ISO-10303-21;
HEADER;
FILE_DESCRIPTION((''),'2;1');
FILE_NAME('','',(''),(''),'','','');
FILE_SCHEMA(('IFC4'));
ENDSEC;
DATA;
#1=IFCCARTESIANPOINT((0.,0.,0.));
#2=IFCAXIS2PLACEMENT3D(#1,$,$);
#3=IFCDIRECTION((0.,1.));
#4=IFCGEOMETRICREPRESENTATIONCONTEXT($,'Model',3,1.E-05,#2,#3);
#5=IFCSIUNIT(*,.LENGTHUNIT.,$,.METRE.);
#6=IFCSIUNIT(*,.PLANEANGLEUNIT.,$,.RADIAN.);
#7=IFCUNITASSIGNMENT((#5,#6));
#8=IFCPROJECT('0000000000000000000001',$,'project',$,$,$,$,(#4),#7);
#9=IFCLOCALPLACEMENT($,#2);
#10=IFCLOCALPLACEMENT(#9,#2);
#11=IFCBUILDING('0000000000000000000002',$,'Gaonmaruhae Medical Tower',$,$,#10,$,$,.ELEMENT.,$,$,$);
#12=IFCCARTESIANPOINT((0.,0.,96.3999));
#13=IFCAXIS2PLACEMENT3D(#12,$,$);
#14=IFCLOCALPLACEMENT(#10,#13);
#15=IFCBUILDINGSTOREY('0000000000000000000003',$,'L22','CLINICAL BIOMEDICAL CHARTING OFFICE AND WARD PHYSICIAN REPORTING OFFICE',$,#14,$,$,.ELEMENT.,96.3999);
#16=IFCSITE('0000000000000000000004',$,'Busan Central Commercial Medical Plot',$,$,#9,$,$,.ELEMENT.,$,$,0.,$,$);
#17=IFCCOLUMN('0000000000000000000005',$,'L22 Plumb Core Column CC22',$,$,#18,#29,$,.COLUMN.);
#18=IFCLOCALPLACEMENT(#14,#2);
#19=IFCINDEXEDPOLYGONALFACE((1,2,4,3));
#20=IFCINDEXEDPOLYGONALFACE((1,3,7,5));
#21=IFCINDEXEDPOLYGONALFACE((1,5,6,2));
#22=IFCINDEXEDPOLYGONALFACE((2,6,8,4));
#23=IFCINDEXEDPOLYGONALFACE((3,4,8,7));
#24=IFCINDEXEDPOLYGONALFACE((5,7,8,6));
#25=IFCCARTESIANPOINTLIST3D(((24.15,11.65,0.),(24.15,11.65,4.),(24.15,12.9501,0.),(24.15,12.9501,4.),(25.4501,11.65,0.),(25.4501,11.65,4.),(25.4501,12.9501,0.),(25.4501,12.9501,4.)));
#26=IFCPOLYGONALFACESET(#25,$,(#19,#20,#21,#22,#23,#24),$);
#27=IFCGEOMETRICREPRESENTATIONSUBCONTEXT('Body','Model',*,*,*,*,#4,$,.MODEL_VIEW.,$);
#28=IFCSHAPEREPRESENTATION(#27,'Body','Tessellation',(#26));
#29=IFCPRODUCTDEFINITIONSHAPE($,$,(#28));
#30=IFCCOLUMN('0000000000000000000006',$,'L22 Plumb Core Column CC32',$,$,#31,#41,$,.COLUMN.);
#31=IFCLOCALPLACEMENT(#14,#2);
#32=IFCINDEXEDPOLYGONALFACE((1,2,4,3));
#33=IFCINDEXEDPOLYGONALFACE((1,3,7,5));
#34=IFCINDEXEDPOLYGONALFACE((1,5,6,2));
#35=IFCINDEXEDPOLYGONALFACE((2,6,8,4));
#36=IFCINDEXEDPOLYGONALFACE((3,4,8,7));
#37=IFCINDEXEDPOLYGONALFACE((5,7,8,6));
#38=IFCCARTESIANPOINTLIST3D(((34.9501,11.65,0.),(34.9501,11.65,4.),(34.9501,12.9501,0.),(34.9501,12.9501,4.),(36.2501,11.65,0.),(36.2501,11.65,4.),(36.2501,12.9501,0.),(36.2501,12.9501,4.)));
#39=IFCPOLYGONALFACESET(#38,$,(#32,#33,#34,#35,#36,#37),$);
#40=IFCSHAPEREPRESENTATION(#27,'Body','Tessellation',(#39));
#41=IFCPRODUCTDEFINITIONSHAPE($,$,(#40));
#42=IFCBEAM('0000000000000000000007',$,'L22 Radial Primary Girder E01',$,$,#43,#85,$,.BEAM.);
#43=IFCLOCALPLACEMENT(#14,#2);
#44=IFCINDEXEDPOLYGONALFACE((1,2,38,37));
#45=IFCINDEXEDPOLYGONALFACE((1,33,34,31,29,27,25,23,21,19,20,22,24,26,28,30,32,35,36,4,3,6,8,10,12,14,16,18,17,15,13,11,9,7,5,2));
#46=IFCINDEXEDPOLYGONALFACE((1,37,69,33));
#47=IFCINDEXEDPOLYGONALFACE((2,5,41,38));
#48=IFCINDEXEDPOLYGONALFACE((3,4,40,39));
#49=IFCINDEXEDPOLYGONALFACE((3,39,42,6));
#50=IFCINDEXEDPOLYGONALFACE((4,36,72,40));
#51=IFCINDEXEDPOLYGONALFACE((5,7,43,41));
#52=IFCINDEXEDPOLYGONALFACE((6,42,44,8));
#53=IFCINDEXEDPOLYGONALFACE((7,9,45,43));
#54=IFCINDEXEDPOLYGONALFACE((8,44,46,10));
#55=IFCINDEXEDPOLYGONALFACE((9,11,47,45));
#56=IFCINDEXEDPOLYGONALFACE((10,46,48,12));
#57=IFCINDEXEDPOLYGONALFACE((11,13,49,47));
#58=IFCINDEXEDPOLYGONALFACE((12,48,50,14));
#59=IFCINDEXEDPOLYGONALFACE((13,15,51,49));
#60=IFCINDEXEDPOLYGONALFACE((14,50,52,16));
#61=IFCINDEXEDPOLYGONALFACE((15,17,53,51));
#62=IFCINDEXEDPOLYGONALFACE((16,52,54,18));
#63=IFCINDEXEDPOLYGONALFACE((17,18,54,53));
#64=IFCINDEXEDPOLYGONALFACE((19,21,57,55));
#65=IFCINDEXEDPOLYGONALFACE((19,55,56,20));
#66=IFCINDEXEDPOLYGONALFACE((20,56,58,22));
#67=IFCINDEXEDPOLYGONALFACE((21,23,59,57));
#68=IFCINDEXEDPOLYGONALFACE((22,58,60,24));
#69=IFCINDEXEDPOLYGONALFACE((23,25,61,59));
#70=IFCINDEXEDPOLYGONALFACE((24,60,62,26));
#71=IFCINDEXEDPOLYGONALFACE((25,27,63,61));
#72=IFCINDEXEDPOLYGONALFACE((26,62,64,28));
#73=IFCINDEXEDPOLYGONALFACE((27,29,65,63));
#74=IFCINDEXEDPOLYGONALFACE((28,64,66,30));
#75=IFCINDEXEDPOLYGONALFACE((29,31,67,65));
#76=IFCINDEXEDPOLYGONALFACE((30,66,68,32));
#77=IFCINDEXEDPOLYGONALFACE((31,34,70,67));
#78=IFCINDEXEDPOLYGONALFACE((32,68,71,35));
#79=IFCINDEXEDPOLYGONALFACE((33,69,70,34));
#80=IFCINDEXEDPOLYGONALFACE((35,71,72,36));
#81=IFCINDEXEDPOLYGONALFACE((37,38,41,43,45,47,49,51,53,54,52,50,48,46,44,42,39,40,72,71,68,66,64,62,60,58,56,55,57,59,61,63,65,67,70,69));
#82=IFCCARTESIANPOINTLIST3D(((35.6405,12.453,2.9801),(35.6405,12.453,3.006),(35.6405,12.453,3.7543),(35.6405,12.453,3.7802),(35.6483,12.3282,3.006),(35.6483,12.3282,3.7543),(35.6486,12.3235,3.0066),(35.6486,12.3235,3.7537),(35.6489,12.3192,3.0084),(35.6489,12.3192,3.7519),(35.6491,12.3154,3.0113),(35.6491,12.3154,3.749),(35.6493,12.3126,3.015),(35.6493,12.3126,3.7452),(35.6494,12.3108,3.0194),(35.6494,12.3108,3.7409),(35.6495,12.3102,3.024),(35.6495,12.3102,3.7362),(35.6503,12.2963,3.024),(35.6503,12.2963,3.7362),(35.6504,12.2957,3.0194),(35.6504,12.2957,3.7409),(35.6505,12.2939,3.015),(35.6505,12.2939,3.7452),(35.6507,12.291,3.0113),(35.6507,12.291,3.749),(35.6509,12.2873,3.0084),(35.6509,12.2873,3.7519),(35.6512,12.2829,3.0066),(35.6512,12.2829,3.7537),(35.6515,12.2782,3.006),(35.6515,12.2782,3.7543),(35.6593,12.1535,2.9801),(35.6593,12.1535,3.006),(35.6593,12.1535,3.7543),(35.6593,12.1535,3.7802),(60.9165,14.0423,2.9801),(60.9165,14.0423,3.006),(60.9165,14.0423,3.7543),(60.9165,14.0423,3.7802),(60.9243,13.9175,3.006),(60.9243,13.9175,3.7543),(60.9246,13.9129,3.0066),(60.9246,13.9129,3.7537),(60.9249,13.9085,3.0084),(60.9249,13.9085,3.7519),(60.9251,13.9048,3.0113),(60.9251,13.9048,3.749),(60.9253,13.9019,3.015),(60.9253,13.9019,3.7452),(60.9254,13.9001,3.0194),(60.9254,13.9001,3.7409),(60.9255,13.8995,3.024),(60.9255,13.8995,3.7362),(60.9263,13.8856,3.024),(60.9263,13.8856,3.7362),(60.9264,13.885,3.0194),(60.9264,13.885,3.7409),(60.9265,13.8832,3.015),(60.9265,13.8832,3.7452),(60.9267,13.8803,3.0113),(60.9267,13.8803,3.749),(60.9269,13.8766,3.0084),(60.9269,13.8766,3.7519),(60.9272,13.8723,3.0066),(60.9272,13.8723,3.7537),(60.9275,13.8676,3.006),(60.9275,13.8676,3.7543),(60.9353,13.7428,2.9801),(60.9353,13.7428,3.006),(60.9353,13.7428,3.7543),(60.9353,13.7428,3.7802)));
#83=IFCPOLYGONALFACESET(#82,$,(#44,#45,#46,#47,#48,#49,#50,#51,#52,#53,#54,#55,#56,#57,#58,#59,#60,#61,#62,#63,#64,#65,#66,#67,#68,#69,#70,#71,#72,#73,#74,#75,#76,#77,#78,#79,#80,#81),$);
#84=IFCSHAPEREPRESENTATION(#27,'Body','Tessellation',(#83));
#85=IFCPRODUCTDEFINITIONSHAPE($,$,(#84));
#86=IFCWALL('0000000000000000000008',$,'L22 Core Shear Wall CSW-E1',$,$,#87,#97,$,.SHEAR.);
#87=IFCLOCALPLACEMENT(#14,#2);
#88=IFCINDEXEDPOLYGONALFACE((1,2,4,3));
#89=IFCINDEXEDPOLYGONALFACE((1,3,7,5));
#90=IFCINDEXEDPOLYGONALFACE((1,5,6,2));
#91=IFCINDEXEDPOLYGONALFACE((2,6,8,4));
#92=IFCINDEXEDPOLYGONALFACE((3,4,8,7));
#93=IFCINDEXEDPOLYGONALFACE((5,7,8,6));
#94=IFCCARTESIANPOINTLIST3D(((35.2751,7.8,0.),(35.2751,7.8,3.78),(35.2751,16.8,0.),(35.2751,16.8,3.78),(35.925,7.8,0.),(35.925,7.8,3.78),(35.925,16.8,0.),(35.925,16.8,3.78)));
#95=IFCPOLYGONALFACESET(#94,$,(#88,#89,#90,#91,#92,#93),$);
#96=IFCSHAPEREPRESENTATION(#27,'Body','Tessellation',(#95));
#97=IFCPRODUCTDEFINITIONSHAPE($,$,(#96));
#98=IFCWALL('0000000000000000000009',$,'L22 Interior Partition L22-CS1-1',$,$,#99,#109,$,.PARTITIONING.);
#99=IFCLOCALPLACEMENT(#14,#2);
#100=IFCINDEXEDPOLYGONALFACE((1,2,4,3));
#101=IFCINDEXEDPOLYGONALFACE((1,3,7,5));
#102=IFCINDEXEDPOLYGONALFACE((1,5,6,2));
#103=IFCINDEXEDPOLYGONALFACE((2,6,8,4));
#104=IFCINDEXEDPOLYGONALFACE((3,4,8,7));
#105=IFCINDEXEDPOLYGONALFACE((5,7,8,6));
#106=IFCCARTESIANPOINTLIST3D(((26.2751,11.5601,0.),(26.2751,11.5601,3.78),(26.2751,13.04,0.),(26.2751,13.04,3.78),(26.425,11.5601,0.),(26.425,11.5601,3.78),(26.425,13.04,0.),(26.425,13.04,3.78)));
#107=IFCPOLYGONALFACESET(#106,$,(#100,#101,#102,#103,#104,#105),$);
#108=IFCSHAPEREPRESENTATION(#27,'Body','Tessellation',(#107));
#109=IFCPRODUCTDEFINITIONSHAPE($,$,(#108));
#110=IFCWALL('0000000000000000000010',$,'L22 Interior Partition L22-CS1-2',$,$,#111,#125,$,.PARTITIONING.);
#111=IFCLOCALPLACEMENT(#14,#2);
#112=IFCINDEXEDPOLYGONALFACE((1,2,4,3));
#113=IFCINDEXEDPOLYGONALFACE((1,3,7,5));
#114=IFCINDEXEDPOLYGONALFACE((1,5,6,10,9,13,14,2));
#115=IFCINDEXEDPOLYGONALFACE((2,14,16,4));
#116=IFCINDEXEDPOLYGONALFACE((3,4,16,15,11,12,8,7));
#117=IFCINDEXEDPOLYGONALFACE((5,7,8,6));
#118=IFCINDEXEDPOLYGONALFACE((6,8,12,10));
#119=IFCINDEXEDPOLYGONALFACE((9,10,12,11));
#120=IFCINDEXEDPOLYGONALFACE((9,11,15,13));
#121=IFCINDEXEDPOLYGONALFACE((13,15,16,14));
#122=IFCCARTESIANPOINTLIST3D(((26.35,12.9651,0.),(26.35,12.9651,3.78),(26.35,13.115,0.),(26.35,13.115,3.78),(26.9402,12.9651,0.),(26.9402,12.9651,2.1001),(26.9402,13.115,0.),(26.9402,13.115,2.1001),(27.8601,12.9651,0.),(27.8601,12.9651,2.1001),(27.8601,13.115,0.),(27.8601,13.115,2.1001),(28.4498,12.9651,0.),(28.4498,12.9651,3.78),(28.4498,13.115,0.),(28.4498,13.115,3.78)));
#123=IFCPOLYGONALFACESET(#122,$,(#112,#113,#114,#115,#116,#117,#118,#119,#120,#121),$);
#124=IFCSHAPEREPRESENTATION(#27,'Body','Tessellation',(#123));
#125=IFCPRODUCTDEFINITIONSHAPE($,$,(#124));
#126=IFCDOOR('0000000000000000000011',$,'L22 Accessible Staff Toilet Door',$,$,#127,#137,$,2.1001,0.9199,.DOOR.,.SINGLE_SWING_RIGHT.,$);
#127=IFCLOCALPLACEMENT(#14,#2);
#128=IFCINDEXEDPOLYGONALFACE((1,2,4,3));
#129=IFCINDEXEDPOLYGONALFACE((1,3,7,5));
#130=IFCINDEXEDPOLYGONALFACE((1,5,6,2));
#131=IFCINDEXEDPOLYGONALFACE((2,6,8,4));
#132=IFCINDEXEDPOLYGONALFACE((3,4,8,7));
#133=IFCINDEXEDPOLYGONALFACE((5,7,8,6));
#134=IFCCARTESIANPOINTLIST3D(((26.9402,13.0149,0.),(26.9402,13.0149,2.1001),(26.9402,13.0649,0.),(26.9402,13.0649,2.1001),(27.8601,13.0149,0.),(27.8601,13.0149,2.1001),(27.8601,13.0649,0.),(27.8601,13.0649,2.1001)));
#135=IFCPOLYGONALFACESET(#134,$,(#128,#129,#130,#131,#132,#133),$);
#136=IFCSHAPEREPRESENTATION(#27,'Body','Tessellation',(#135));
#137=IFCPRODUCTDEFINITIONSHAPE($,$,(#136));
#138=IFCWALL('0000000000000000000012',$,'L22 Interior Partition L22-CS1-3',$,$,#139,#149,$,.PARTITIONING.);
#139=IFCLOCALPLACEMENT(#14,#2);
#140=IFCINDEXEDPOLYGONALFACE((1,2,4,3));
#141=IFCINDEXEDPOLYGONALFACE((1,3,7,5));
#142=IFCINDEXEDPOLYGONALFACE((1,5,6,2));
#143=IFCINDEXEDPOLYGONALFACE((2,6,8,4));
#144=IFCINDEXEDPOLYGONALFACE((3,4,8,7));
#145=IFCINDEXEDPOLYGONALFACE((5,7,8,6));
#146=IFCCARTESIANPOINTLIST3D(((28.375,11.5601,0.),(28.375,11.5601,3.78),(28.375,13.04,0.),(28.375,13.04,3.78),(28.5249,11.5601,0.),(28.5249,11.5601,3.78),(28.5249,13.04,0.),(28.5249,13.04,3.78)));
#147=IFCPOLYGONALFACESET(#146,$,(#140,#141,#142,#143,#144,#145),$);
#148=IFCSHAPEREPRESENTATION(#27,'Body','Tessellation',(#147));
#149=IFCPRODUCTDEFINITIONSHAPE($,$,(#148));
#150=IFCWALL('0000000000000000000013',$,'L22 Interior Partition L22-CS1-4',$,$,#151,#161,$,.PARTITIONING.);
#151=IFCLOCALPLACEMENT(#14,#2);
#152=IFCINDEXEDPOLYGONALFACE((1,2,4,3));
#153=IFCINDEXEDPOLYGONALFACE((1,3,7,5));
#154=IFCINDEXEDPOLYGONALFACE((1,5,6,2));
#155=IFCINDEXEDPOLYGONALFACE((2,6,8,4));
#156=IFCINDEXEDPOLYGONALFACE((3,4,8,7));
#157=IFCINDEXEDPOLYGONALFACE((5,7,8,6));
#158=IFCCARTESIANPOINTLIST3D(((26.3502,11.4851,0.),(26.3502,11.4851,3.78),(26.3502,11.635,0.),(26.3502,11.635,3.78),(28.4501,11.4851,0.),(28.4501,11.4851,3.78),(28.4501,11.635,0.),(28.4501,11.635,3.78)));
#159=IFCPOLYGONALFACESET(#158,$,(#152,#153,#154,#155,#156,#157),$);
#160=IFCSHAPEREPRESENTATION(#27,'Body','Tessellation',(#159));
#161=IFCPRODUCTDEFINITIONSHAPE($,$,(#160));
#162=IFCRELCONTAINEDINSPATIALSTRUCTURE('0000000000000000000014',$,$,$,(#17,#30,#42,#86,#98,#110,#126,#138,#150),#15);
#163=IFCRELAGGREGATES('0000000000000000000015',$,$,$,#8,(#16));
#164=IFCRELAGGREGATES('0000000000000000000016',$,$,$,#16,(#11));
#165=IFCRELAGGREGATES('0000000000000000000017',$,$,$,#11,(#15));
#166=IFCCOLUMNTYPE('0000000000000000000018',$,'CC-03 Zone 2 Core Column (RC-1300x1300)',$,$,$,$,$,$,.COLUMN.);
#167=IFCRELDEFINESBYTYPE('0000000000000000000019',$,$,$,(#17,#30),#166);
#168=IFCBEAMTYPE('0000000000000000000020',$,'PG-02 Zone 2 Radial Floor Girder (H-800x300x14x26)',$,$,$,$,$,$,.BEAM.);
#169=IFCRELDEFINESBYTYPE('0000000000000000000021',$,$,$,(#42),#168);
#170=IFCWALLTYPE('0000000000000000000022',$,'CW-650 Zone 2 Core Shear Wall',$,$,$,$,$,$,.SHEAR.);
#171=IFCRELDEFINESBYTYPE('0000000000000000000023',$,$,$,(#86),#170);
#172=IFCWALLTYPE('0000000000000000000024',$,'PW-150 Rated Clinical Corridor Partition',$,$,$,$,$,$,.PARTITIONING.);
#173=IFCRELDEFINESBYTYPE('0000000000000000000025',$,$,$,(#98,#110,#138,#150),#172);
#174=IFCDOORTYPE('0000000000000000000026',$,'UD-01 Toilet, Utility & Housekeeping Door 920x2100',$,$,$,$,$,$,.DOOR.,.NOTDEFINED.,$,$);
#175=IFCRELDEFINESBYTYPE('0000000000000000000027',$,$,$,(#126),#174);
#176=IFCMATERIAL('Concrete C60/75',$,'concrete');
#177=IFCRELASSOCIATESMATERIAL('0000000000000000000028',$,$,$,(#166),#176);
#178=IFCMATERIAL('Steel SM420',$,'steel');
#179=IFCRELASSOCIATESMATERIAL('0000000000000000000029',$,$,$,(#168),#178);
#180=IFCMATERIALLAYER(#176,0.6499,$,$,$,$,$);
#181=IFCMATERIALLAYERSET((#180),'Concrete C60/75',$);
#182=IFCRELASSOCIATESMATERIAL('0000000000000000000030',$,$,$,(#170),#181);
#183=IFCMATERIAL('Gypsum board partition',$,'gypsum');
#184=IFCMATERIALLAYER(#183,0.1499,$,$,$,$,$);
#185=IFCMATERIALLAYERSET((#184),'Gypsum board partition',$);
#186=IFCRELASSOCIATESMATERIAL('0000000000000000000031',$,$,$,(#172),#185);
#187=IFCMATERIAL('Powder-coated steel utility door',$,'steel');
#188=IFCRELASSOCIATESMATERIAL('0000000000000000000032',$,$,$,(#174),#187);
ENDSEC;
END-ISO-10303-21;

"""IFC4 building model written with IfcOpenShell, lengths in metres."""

from ifc_helpers import new_model, si_unit, direction, frame, frame_2d, origin, origin_2d, place, context, subcontext, project, spatial, rectangle, i_section, extrude, material, layer, layer_set, material_profile, profile_set, type_object, element, fill, save


model = new_model("IFC4")

# Units and contexts
model_context = context("Model", 3, precision=1e-05, world=origin(), true_north=direction((0.0, 1.0)))
body_context = subcontext(model_context, "Body", "Model", "MODEL_VIEW")
ifc_project = project(units=[si_unit("LENGTHUNIT", "METRE"), si_unit("PLANEANGLEUNIT", "RADIAN")], contexts=[model_context])

# Site, building, storey
site_placement = place(None, origin())
site = spatial("IfcSite", under=ifc_project, at=site_placement, Name="Busan Central Commercial Medical Plot", CompositionType="ELEMENT", RefElevation=0.0)
building_placement = place(site_placement, origin())
building = spatial("IfcBuilding", under=site, at=building_placement, Name="Gaonmaruhae Medical Tower", CompositionType="ELEMENT")
storey_placement = place(building_placement, frame((0.0, 0.0, 96.3999)))
storey = spatial("IfcBuildingStorey", under=building, at=storey_placement, Name="L22", Description="CLINICAL BIOMEDICAL CHARTING OFFICE AND WARD PHYSICIAN REPORTING OFFICE", CompositionType="ELEMENT", Elevation=96.3999)

# Columns
ifc_material_1 = material(Name="Concrete C60/75", Category="concrete")
ifc_material_profile_1 = material_profile(ifc_material_1, rectangle(XDim=1.3, YDim=1.3, at=origin_2d()), Name="RC-1300x1300")
ifc_profile_set_1 = profile_set([ifc_material_profile_1], Name="Concrete C60/75")
column_type = type_object("IfcColumnType", Name="CC-03 Zone 2 Core Column (RC-1300x1300)", PredefinedType="COLUMN", material=ifc_profile_set_1)
for number, where, z_axis, x_axis, name in (
    (1, (24.8, 12.3, 0.0), (0.0, 0.0, 1.0), (1.0, 0.0, 0.0), "L22 Plumb Core Column CC22"),
    (2, (35.6001, 12.3, 0.0), (0.0, 0.0, 1.0), (1.0, 0.0, 0.0), "L22 Plumb Core Column CC32"),
):
    element("IfcColumn", number, at=place(storey_placement, frame(where, z_axis=z_axis, x_axis=x_axis)), inside=storey, type_object=column_type, Name=name, PredefinedType="COLUMN", context=body_context, shape_type="SweptSolid", body=[
        extrude(rectangle(XDim=1.3, YDim=1.3, at=origin_2d()), origin(), (0.0, 0.0, 1.0), 4.0),
    ])

# Beam
ifc_material_2 = material(Name="Steel SM420", Category="steel")
ifc_material_profile_2 = material_profile(ifc_material_2, i_section(OverallWidth=0.3, OverallDepth=0.8, WebThickness=0.0139, FlangeThickness=0.0259, FilletRadius=0.0181, at=origin_2d()), Name="H-800x300x14x26")
ifc_profile_set_2 = profile_set([ifc_material_profile_2], Name="Steel SM420")
beam_type = type_object("IfcBeamType", Name="PG-02 Zone 2 Radial Floor Girder (H-800x300x14x26)", PredefinedType="BEAM", material=ifc_profile_set_2)
beam_placement = place(storey_placement, frame((35.6499, 12.3032, 3.3801), z_axis=(0.998029, 0.062756, 0.0), x_axis=(-0.062756, 0.998029, 0.0)))
element("IfcBeam", 3, at=beam_placement, inside=storey, type_object=beam_type, Name="L22 Radial Primary Girder E01", PredefinedType="BEAM", context=body_context, shape_type="SweptSolid", body=[
    extrude(i_section(OverallWidth=0.3, OverallDepth=0.8, WebThickness=0.0139, FlangeThickness=0.0259, FilletRadius=0.0181, at=origin_2d()), origin(), (0.0, 0.0, 1.0), 25.3259),
])

# Walls
ifc_layer_1 = layer(ifc_material_1, 0.6499)
ifc_layer_set_1 = layer_set([ifc_layer_1], Name="Concrete C60/75")
wall_type_1 = type_object("IfcWallType", Name="CW-650 Zone 2 Core Shear Wall", PredefinedType="SHEAR", material=ifc_layer_set_1)
wall_1_placement = place(storey_placement, frame((35.6001, 7.8, 0.0), z_axis=(0.0, 0.0, 1.0), x_axis=(0.0, 1.0, 0.0)))
element("IfcWall", 4, at=wall_1_placement, inside=storey, type_object=wall_type_1, Name="L22 Core Shear Wall CSW-E1", PredefinedType="SHEAR", context=body_context, shape_type="SweptSolid", body=[
    extrude(rectangle(XDim=9.0, YDim=0.6499, at=frame_2d((4.5, 0.0))), origin(), (0.0, 0.0, 1.0), 3.78),
])
ifc_material_3 = material(Name="Gypsum board partition", Category="gypsum")
ifc_layer_2 = layer(ifc_material_3, 0.1499)
ifc_layer_set_2 = layer_set([ifc_layer_2], Name="Gypsum board partition")
wall_type_2 = type_object("IfcWallType", Name="PW-150 Rated Clinical Corridor Partition", PredefinedType="PARTITIONING", material=ifc_layer_set_2)
wall_2_placement = place(storey_placement, frame((26.3501, 11.5601, 0.0), z_axis=(0.0, 0.0, 1.0), x_axis=(0.0, 1.0, 0.0)))
element("IfcWall", 5, at=wall_2_placement, inside=storey, type_object=wall_type_2, Name="L22 Interior Partition L22-CS1-1", PredefinedType="PARTITIONING", context=body_context, shape_type="SweptSolid", body=[
    extrude(rectangle(XDim=1.48, YDim=0.1499, at=frame_2d((0.74, 0.0))), origin(), (0.0, 0.0, 1.0), 3.78),
])

# Wall, opening, door
wall_3_placement = place(storey_placement, frame((26.3501, 13.04, 0.0), z_axis=(0.0, 0.0, 1.0), x_axis=(1.0, 0.0, 0.0)))
wall_3 = element("IfcWall", 6, at=wall_3_placement, inside=storey, type_object=wall_type_2, Name="L22 Interior Partition L22-CS1-2", PredefinedType="PARTITIONING", context=body_context, shape_type="SweptSolid", body=[
    extrude(rectangle(XDim=2.0999, YDim=0.1499, at=frame_2d((1.0498, 0.0))), origin(), (0.0, 0.0, 1.0), 3.78),
])
opening_1_placement = place(wall_3_placement, frame((0.5901, 0.0, 0.0)))
opening_1 = element("IfcOpeningElement", 7, at=opening_1_placement, cuts=wall_3, PredefinedType="OPENING", context=body_context, shape_type="SweptSolid", body=[
    extrude(rectangle(XDim=0.9199, YDim=2.1001, at=frame_2d((0.46, 1.05))), frame((0.0, 0.085, 0.0), z_axis=(0.0, -1.0, 0.0), x_axis=(1.0, 0.0, 0.0)), (0.0, 0.0, 1.0), 0.1699),
])
ifc_material_4 = material(Name="Powder-coated steel utility door", Category="steel")
door_type_1 = type_object("IfcDoorType", Name="UD-01 Toilet, Utility & Housekeeping Door 920x2100", OperationType="NOTDEFINED", PredefinedType="DOOR", material=ifc_material_4)
door_1_placement = place(opening_1_placement, origin())
door_1 = element("IfcDoor", 8, at=door_1_placement, inside=storey, type_object=door_type_1, Name="L22 Accessible Staff Toilet Door", OperationType="SINGLE_SWING_RIGHT", OverallHeight=2.1001, OverallWidth=0.9199, PredefinedType="DOOR", context=body_context, shape_type="SweptSolid", body=[
    extrude(rectangle(XDim=0.9199, YDim=2.1001, at=frame_2d((0.46, 1.05))), frame((0.0, 0.0249, 0.0), z_axis=(0.0, -1.0, 0.0), x_axis=(1.0, 0.0, 0.0)), (0.0, 0.0, 1.0), 0.05),
])
fill(opening_1, door_1)

# Walls
wall_4_placement = place(storey_placement, frame((28.45, 13.04, 0.0), z_axis=(0.0, 0.0, 1.0), x_axis=(0.0, -1.0, 0.0)))
element("IfcWall", 9, at=wall_4_placement, inside=storey, type_object=wall_type_2, Name="L22 Interior Partition L22-CS1-3", PredefinedType="PARTITIONING", context=body_context, shape_type="SweptSolid", body=[
    extrude(rectangle(XDim=1.48, YDim=0.1499, at=frame_2d((0.74, 0.0))), origin(), (0.0, 0.0, 1.0), 3.78),
])
wall_5_placement = place(storey_placement, frame((28.45, 11.5601, 0.0), z_axis=(0.0, 0.0, 1.0), x_axis=(-1.0, 0.0, 0.0)))
element("IfcWall", 10, at=wall_5_placement, inside=storey, type_object=wall_type_2, Name="L22 Interior Partition L22-CS1-4", PredefinedType="PARTITIONING", context=body_context, shape_type="SweptSolid", body=[
    extrude(rectangle(XDim=2.0999, YDim=0.1499, at=frame_2d((1.0498, 0.0))), origin(), (0.0, 0.0, 1.0), 3.78),
])

save(model, "model.ifc")
